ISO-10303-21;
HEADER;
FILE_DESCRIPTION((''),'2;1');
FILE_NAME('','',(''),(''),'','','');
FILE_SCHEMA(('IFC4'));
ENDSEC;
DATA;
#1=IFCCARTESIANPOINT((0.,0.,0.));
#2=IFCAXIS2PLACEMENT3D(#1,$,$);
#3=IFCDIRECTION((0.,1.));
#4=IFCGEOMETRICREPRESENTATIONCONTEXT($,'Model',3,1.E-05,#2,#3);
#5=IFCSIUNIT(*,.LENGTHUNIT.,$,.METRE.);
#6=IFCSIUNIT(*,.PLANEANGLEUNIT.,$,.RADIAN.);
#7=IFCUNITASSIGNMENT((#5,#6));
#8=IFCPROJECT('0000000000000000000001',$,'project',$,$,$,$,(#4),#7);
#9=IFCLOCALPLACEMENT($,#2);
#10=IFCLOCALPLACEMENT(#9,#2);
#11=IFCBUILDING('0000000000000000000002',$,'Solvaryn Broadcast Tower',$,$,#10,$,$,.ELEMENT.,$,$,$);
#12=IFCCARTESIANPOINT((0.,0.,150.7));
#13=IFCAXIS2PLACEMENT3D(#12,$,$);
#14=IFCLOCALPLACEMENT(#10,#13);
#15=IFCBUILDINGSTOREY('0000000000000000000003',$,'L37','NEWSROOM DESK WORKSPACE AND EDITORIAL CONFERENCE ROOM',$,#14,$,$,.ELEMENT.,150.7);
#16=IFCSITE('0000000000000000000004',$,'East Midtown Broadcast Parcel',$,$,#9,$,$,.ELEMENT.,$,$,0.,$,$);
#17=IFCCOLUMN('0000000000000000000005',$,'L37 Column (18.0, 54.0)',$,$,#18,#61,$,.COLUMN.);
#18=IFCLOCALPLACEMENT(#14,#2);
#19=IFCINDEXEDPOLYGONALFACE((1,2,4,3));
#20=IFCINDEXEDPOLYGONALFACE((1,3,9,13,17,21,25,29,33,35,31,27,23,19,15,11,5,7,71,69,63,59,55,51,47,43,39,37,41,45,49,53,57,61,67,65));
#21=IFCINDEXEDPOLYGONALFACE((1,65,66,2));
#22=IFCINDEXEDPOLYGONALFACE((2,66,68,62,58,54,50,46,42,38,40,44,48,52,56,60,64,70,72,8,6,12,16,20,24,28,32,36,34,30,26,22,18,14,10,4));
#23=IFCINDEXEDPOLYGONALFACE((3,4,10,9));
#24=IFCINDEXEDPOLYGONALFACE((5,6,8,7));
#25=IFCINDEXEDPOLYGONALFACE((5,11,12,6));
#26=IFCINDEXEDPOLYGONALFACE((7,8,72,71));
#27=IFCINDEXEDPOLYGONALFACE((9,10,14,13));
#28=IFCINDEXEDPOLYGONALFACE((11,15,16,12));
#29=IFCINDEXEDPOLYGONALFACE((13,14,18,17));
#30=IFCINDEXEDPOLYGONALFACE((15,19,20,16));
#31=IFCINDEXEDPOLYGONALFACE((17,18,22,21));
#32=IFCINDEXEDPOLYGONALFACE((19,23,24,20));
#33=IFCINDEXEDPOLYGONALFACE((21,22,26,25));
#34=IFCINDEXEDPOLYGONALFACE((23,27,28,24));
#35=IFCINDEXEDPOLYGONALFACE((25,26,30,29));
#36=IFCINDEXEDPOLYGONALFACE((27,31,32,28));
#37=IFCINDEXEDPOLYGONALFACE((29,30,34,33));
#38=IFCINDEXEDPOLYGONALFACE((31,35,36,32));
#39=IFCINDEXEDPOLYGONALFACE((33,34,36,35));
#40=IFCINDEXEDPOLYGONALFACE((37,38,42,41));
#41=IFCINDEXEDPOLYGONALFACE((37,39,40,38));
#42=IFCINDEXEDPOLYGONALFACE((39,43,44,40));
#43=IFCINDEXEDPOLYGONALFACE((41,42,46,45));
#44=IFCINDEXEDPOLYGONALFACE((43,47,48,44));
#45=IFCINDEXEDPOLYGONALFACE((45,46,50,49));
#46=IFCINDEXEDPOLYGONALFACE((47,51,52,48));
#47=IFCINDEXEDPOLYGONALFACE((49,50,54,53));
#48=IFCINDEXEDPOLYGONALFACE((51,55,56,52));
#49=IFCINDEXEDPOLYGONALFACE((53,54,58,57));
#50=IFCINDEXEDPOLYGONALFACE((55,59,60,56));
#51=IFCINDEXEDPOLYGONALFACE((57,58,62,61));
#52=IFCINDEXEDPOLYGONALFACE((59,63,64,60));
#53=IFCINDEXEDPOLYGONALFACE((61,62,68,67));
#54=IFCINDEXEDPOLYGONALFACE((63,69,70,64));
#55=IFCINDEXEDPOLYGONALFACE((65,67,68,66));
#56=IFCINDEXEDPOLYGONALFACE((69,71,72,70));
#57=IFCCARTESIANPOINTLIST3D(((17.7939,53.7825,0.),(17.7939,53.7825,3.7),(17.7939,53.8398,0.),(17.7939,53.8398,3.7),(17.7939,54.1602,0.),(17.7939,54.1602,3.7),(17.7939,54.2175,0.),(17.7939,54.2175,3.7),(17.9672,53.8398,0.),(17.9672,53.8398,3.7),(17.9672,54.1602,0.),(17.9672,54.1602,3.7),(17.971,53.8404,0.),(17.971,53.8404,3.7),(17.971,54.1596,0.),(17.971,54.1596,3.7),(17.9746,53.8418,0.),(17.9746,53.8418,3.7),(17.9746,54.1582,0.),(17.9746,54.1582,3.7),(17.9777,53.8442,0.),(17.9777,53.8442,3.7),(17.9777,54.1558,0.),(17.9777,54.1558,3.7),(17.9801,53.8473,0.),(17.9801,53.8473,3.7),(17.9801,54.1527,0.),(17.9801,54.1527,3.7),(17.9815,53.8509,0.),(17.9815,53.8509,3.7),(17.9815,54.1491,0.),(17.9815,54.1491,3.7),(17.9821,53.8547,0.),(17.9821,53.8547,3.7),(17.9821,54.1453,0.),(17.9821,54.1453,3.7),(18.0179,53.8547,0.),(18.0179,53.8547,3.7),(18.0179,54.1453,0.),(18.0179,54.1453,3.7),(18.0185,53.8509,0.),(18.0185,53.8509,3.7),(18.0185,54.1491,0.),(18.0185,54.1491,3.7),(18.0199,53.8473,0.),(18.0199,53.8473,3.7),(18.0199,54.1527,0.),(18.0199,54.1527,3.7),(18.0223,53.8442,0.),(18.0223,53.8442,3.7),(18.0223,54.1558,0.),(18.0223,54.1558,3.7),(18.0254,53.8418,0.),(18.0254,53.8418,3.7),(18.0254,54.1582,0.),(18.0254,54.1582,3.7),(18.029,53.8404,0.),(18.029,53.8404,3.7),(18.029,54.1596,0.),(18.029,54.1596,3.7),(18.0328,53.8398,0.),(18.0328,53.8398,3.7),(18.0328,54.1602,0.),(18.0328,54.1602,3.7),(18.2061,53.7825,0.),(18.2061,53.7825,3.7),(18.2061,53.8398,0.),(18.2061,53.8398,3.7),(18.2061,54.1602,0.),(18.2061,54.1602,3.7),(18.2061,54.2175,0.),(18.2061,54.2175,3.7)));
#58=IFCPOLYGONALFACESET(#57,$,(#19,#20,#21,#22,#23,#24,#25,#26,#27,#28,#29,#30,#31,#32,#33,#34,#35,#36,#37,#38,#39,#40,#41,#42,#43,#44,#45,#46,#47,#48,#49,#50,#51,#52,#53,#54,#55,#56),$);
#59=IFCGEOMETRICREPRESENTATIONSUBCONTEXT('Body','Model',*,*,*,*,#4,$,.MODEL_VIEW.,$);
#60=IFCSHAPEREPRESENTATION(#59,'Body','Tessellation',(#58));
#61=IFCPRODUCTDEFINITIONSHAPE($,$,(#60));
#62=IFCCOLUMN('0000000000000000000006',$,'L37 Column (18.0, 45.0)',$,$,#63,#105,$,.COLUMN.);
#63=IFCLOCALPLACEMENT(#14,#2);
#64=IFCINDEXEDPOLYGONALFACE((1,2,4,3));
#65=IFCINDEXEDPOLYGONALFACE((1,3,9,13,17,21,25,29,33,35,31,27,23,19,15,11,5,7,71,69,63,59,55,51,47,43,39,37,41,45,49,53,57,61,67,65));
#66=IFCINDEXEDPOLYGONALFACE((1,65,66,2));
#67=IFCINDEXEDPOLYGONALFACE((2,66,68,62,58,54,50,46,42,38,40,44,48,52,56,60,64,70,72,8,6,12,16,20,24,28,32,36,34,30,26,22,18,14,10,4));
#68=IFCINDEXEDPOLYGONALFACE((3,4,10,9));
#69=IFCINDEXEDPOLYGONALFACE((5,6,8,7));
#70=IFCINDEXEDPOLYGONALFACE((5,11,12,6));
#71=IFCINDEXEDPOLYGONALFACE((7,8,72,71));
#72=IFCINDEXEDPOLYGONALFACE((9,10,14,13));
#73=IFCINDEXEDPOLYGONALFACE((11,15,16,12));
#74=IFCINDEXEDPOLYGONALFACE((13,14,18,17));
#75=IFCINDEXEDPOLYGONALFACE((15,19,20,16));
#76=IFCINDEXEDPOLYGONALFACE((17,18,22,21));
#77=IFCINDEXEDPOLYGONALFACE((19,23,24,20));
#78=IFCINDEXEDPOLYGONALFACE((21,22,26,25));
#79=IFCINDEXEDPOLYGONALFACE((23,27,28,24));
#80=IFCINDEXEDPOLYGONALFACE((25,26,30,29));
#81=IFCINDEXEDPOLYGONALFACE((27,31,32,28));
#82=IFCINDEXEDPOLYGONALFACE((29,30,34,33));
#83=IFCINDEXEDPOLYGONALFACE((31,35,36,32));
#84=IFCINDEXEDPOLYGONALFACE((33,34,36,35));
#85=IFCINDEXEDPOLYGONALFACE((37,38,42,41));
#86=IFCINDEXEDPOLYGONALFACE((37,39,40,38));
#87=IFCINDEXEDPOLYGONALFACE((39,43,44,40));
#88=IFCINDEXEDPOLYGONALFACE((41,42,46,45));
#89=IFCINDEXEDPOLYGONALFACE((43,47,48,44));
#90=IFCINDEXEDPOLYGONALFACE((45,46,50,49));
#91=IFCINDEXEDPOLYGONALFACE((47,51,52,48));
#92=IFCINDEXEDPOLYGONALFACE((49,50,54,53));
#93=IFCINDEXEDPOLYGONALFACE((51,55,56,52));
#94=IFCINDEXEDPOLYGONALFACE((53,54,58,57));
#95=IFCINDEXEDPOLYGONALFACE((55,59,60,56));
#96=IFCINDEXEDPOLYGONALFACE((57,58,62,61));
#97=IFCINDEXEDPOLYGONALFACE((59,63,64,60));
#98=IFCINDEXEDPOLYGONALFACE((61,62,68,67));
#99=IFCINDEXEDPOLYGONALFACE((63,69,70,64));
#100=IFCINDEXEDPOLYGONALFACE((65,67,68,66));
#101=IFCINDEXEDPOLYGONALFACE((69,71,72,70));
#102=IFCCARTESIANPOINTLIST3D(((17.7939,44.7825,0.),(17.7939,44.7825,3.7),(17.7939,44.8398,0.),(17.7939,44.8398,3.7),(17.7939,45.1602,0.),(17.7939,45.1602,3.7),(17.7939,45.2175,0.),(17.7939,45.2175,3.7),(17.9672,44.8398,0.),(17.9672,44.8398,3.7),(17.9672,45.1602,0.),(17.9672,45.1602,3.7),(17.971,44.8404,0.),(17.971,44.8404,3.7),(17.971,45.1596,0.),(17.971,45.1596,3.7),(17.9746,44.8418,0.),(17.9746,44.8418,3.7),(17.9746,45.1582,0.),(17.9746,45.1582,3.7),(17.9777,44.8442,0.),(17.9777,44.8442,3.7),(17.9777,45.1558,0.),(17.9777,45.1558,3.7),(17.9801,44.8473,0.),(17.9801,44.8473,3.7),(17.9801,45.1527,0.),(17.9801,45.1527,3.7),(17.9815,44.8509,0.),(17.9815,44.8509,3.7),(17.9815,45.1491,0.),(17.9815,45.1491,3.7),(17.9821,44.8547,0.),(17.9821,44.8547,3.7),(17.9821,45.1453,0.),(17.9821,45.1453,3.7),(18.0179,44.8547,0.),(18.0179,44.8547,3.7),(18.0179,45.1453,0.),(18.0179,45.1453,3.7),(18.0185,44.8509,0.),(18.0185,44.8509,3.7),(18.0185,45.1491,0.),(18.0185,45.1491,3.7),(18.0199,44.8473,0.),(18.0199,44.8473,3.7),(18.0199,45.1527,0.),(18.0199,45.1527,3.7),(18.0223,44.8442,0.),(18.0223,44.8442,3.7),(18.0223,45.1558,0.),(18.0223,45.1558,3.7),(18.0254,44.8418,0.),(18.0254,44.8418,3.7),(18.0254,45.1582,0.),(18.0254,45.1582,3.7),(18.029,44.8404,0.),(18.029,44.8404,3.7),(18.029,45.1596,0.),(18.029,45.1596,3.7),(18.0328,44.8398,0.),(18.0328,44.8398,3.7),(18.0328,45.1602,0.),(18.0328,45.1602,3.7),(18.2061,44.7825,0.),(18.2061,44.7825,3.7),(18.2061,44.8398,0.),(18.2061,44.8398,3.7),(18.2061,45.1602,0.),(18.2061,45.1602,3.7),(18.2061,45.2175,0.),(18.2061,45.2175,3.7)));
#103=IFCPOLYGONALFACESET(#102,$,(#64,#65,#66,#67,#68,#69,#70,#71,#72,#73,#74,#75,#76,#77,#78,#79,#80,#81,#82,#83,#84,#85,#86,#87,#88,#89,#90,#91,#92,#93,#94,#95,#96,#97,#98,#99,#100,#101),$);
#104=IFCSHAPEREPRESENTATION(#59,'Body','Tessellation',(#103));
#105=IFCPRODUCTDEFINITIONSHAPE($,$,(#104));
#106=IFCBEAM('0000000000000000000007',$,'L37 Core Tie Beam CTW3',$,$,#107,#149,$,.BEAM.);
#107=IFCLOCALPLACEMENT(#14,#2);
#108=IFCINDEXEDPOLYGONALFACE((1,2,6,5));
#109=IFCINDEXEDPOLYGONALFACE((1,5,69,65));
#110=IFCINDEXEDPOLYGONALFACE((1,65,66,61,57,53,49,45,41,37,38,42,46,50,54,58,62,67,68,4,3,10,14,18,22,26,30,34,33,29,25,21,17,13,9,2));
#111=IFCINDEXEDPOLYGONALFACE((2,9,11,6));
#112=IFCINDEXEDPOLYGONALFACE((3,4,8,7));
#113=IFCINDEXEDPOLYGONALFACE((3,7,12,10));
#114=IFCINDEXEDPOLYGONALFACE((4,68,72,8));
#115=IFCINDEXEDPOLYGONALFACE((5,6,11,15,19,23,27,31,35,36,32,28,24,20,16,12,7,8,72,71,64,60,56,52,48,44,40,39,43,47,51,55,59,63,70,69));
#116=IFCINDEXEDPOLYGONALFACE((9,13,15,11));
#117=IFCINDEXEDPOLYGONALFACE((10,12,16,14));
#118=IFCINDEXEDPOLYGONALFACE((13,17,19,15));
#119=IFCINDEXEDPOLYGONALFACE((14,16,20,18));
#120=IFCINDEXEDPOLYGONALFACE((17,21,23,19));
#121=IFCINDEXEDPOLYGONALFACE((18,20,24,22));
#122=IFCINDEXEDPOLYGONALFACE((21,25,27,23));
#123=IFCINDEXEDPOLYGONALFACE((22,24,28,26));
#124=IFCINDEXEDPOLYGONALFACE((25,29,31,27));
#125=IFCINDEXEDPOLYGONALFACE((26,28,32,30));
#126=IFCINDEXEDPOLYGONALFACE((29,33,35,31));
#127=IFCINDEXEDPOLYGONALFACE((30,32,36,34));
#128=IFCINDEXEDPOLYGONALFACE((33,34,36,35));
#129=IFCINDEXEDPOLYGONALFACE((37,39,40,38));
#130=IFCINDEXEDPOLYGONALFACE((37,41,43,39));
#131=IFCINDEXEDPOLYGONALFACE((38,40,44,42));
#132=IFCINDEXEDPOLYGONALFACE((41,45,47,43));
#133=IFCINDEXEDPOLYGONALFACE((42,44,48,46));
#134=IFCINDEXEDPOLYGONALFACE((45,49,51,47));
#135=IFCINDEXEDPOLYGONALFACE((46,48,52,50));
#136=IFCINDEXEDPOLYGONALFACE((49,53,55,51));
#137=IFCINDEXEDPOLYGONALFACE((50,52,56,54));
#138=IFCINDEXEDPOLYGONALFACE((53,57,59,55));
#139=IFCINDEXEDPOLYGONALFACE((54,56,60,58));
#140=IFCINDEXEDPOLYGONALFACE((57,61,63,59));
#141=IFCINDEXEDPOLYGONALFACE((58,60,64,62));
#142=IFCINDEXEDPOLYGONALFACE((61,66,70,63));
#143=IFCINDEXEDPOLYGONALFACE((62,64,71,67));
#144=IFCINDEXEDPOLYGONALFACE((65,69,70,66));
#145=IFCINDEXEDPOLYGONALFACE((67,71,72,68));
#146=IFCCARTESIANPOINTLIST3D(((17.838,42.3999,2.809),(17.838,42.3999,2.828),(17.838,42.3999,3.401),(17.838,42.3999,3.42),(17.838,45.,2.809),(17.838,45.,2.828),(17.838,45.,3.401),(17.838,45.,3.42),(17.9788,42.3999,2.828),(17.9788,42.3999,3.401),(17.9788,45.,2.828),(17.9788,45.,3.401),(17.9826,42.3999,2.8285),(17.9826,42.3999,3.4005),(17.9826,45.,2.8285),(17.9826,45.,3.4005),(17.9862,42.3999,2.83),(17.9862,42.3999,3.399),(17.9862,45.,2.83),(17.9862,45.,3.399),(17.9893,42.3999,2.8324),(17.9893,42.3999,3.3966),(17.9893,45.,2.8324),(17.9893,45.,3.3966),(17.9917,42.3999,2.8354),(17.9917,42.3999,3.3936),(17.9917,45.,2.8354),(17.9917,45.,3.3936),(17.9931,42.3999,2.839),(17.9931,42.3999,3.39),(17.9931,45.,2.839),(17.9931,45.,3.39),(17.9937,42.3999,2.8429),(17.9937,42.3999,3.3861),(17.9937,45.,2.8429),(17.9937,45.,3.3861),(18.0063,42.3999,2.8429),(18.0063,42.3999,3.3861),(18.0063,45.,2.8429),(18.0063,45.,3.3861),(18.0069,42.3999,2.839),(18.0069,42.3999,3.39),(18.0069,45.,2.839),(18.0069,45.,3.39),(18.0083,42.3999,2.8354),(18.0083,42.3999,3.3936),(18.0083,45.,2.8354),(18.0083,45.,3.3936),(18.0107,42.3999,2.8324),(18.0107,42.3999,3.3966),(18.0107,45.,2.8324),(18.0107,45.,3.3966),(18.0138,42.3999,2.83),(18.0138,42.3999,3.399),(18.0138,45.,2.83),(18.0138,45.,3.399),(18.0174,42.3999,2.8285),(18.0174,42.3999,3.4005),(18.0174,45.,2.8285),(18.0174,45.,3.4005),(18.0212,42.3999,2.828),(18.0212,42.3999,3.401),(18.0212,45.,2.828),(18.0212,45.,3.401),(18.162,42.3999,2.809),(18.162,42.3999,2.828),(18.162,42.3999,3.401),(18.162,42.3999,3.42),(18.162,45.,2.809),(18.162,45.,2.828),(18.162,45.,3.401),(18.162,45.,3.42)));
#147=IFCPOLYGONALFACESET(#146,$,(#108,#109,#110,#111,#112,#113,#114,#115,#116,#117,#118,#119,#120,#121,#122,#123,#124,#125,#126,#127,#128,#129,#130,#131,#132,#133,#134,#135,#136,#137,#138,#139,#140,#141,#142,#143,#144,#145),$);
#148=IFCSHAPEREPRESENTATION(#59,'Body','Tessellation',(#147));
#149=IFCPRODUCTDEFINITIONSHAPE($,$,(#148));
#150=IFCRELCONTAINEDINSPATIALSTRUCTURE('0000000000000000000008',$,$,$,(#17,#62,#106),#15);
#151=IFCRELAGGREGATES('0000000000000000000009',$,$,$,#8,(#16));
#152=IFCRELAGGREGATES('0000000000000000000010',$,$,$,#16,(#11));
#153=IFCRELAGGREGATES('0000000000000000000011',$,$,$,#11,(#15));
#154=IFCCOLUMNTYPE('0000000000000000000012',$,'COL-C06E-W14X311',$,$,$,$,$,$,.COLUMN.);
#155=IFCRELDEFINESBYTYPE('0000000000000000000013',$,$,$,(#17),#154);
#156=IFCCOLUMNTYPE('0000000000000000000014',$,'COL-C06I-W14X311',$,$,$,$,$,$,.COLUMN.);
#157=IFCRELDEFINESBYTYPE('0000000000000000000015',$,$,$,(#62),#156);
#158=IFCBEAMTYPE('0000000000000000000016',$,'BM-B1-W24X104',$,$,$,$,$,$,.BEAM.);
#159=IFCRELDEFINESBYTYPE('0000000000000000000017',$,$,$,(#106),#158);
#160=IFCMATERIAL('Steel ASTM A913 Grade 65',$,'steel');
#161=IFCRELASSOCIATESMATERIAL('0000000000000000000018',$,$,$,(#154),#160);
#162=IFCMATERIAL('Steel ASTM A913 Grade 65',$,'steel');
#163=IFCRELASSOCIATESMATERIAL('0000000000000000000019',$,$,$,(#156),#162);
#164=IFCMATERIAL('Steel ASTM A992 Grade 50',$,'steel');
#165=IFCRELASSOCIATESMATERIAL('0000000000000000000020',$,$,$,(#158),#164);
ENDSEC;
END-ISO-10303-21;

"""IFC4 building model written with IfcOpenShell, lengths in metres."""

from ifc_helpers import new_model, si_unit, direction, frame, origin, origin_2d, place, context, subcontext, project, spatial, i_section, extrude, material, material_profile, profile_set, type_object, element, save


model = new_model("IFC4")

# Units and contexts
model_context = context("Model", 3, precision=1e-05, world=origin(), true_north=direction((0.0, 1.0)))
body_context = subcontext(model_context, "Body", "Model", "MODEL_VIEW")
ifc_project = project(units=[si_unit("LENGTHUNIT", "METRE"), si_unit("PLANEANGLEUNIT", "RADIAN")], contexts=[model_context])

# Site, building, storey
site_placement = place(None, origin())
site = spatial("IfcSite", under=ifc_project, at=site_placement, Name="East Midtown Broadcast Parcel", CompositionType="ELEMENT", RefElevation=0.0)
building_placement = place(site_placement, origin())
building = spatial("IfcBuilding", under=site, at=building_placement, Name="Solvaryn Broadcast Tower", CompositionType="ELEMENT")
storey_placement = place(building_placement, frame((0.0, 0.0, 150.7)))
storey = spatial("IfcBuildingStorey", under=building, at=storey_placement, Name="L37", Description="NEWSROOM DESK WORKSPACE AND EDITORIAL CONFERENCE ROOM", CompositionType="ELEMENT", Elevation=150.7)

# Columns
ifc_material_1 = material(Name="Steel ASTM A913 Grade 65", Category="steel")
ifc_material_profile_1 = material_profile(ifc_material_1, i_section(OverallWidth=0.4121, OverallDepth=0.4351, WebThickness=0.0359, FlangeThickness=0.0574, FilletRadius=0.0149, at=origin_2d()))
ifc_profile_set_1 = profile_set([ifc_material_profile_1], Name="Steel ASTM A913 Grade 65")
column_type_1 = type_object("IfcColumnType", Name="COL-C06E-W14X311", PredefinedType="COLUMN", material=ifc_profile_set_1)
column_1_placement = place(storey_placement, frame((18.0, 54.0, 0.0), z_axis=(0.0, 0.0, 1.0), x_axis=(1.0, 0.0, 0.0)))
element("IfcColumn", 1, at=column_1_placement, inside=storey, type_object=column_type_1, Name="L37 Column (18.0, 54.0)", PredefinedType="COLUMN", context=body_context, shape_type="SweptSolid", body=[
    extrude(i_section(OverallWidth=0.4121, OverallDepth=0.4351, WebThickness=0.0359, FlangeThickness=0.0574, FilletRadius=0.0149, at=origin_2d()), origin(), (0.0, 0.0, 1.0), 3.7),
])
ifc_material_2 = material(Name="Steel ASTM A913 Grade 65", Category="steel")
ifc_material_profile_2 = material_profile(ifc_material_2, i_section(OverallWidth=0.4121, OverallDepth=0.4351, WebThickness=0.0359, FlangeThickness=0.0574, FilletRadius=0.0149, at=origin_2d()))
ifc_profile_set_2 = profile_set([ifc_material_profile_2], Name="Steel ASTM A913 Grade 65")
column_type_2 = type_object("IfcColumnType", Name="COL-C06I-W14X311", PredefinedType="COLUMN", material=ifc_profile_set_2)
column_2_placement = place(storey_placement, frame((18.0, 45.0, 0.0), z_axis=(0.0, 0.0, 1.0), x_axis=(1.0, 0.0, 0.0)))
element("IfcColumn", 2, at=column_2_placement, inside=storey, type_object=column_type_2, Name="L37 Column (18.0, 45.0)", PredefinedType="COLUMN", context=body_context, shape_type="SweptSolid", body=[
    extrude(i_section(OverallWidth=0.4121, OverallDepth=0.4351, WebThickness=0.0359, FlangeThickness=0.0574, FilletRadius=0.0149, at=origin_2d()), origin(), (0.0, 0.0, 1.0), 3.7),
])

# Beam
ifc_material_3 = material(Name="Steel ASTM A992 Grade 50", Category="steel")
ifc_material_profile_3 = material_profile(ifc_material_3, i_section(OverallWidth=0.324, OverallDepth=0.6111, WebThickness=0.0127, FlangeThickness=0.019, FilletRadius=0.0149, at=origin_2d()))
ifc_profile_set_3 = profile_set([ifc_material_profile_3], Name="Steel ASTM A992 Grade 50")
beam_type_1 = type_object("IfcBeamType", Name="BM-B1-W24X104", PredefinedType="BEAM", material=ifc_profile_set_3)
beam_1_placement = place(storey_placement, frame((18.0, 42.3999, 3.1145), z_axis=(0.0, 1.0, 0.0), x_axis=(-1.0, 0.0, 0.0)))
element("IfcBeam", 3, at=beam_1_placement, inside=storey, type_object=beam_type_1, Name="L37 Core Tie Beam CTW3", PredefinedType="BEAM", context=body_context, shape_type="SweptSolid", body=[
    extrude(i_section(OverallWidth=0.324, OverallDepth=0.6111, WebThickness=0.0127, FlangeThickness=0.019, FilletRadius=0.0149, at=origin_2d()), origin(), (0.0, 0.0, 1.0), 2.6001),
])

save(model, "model.ifc")
